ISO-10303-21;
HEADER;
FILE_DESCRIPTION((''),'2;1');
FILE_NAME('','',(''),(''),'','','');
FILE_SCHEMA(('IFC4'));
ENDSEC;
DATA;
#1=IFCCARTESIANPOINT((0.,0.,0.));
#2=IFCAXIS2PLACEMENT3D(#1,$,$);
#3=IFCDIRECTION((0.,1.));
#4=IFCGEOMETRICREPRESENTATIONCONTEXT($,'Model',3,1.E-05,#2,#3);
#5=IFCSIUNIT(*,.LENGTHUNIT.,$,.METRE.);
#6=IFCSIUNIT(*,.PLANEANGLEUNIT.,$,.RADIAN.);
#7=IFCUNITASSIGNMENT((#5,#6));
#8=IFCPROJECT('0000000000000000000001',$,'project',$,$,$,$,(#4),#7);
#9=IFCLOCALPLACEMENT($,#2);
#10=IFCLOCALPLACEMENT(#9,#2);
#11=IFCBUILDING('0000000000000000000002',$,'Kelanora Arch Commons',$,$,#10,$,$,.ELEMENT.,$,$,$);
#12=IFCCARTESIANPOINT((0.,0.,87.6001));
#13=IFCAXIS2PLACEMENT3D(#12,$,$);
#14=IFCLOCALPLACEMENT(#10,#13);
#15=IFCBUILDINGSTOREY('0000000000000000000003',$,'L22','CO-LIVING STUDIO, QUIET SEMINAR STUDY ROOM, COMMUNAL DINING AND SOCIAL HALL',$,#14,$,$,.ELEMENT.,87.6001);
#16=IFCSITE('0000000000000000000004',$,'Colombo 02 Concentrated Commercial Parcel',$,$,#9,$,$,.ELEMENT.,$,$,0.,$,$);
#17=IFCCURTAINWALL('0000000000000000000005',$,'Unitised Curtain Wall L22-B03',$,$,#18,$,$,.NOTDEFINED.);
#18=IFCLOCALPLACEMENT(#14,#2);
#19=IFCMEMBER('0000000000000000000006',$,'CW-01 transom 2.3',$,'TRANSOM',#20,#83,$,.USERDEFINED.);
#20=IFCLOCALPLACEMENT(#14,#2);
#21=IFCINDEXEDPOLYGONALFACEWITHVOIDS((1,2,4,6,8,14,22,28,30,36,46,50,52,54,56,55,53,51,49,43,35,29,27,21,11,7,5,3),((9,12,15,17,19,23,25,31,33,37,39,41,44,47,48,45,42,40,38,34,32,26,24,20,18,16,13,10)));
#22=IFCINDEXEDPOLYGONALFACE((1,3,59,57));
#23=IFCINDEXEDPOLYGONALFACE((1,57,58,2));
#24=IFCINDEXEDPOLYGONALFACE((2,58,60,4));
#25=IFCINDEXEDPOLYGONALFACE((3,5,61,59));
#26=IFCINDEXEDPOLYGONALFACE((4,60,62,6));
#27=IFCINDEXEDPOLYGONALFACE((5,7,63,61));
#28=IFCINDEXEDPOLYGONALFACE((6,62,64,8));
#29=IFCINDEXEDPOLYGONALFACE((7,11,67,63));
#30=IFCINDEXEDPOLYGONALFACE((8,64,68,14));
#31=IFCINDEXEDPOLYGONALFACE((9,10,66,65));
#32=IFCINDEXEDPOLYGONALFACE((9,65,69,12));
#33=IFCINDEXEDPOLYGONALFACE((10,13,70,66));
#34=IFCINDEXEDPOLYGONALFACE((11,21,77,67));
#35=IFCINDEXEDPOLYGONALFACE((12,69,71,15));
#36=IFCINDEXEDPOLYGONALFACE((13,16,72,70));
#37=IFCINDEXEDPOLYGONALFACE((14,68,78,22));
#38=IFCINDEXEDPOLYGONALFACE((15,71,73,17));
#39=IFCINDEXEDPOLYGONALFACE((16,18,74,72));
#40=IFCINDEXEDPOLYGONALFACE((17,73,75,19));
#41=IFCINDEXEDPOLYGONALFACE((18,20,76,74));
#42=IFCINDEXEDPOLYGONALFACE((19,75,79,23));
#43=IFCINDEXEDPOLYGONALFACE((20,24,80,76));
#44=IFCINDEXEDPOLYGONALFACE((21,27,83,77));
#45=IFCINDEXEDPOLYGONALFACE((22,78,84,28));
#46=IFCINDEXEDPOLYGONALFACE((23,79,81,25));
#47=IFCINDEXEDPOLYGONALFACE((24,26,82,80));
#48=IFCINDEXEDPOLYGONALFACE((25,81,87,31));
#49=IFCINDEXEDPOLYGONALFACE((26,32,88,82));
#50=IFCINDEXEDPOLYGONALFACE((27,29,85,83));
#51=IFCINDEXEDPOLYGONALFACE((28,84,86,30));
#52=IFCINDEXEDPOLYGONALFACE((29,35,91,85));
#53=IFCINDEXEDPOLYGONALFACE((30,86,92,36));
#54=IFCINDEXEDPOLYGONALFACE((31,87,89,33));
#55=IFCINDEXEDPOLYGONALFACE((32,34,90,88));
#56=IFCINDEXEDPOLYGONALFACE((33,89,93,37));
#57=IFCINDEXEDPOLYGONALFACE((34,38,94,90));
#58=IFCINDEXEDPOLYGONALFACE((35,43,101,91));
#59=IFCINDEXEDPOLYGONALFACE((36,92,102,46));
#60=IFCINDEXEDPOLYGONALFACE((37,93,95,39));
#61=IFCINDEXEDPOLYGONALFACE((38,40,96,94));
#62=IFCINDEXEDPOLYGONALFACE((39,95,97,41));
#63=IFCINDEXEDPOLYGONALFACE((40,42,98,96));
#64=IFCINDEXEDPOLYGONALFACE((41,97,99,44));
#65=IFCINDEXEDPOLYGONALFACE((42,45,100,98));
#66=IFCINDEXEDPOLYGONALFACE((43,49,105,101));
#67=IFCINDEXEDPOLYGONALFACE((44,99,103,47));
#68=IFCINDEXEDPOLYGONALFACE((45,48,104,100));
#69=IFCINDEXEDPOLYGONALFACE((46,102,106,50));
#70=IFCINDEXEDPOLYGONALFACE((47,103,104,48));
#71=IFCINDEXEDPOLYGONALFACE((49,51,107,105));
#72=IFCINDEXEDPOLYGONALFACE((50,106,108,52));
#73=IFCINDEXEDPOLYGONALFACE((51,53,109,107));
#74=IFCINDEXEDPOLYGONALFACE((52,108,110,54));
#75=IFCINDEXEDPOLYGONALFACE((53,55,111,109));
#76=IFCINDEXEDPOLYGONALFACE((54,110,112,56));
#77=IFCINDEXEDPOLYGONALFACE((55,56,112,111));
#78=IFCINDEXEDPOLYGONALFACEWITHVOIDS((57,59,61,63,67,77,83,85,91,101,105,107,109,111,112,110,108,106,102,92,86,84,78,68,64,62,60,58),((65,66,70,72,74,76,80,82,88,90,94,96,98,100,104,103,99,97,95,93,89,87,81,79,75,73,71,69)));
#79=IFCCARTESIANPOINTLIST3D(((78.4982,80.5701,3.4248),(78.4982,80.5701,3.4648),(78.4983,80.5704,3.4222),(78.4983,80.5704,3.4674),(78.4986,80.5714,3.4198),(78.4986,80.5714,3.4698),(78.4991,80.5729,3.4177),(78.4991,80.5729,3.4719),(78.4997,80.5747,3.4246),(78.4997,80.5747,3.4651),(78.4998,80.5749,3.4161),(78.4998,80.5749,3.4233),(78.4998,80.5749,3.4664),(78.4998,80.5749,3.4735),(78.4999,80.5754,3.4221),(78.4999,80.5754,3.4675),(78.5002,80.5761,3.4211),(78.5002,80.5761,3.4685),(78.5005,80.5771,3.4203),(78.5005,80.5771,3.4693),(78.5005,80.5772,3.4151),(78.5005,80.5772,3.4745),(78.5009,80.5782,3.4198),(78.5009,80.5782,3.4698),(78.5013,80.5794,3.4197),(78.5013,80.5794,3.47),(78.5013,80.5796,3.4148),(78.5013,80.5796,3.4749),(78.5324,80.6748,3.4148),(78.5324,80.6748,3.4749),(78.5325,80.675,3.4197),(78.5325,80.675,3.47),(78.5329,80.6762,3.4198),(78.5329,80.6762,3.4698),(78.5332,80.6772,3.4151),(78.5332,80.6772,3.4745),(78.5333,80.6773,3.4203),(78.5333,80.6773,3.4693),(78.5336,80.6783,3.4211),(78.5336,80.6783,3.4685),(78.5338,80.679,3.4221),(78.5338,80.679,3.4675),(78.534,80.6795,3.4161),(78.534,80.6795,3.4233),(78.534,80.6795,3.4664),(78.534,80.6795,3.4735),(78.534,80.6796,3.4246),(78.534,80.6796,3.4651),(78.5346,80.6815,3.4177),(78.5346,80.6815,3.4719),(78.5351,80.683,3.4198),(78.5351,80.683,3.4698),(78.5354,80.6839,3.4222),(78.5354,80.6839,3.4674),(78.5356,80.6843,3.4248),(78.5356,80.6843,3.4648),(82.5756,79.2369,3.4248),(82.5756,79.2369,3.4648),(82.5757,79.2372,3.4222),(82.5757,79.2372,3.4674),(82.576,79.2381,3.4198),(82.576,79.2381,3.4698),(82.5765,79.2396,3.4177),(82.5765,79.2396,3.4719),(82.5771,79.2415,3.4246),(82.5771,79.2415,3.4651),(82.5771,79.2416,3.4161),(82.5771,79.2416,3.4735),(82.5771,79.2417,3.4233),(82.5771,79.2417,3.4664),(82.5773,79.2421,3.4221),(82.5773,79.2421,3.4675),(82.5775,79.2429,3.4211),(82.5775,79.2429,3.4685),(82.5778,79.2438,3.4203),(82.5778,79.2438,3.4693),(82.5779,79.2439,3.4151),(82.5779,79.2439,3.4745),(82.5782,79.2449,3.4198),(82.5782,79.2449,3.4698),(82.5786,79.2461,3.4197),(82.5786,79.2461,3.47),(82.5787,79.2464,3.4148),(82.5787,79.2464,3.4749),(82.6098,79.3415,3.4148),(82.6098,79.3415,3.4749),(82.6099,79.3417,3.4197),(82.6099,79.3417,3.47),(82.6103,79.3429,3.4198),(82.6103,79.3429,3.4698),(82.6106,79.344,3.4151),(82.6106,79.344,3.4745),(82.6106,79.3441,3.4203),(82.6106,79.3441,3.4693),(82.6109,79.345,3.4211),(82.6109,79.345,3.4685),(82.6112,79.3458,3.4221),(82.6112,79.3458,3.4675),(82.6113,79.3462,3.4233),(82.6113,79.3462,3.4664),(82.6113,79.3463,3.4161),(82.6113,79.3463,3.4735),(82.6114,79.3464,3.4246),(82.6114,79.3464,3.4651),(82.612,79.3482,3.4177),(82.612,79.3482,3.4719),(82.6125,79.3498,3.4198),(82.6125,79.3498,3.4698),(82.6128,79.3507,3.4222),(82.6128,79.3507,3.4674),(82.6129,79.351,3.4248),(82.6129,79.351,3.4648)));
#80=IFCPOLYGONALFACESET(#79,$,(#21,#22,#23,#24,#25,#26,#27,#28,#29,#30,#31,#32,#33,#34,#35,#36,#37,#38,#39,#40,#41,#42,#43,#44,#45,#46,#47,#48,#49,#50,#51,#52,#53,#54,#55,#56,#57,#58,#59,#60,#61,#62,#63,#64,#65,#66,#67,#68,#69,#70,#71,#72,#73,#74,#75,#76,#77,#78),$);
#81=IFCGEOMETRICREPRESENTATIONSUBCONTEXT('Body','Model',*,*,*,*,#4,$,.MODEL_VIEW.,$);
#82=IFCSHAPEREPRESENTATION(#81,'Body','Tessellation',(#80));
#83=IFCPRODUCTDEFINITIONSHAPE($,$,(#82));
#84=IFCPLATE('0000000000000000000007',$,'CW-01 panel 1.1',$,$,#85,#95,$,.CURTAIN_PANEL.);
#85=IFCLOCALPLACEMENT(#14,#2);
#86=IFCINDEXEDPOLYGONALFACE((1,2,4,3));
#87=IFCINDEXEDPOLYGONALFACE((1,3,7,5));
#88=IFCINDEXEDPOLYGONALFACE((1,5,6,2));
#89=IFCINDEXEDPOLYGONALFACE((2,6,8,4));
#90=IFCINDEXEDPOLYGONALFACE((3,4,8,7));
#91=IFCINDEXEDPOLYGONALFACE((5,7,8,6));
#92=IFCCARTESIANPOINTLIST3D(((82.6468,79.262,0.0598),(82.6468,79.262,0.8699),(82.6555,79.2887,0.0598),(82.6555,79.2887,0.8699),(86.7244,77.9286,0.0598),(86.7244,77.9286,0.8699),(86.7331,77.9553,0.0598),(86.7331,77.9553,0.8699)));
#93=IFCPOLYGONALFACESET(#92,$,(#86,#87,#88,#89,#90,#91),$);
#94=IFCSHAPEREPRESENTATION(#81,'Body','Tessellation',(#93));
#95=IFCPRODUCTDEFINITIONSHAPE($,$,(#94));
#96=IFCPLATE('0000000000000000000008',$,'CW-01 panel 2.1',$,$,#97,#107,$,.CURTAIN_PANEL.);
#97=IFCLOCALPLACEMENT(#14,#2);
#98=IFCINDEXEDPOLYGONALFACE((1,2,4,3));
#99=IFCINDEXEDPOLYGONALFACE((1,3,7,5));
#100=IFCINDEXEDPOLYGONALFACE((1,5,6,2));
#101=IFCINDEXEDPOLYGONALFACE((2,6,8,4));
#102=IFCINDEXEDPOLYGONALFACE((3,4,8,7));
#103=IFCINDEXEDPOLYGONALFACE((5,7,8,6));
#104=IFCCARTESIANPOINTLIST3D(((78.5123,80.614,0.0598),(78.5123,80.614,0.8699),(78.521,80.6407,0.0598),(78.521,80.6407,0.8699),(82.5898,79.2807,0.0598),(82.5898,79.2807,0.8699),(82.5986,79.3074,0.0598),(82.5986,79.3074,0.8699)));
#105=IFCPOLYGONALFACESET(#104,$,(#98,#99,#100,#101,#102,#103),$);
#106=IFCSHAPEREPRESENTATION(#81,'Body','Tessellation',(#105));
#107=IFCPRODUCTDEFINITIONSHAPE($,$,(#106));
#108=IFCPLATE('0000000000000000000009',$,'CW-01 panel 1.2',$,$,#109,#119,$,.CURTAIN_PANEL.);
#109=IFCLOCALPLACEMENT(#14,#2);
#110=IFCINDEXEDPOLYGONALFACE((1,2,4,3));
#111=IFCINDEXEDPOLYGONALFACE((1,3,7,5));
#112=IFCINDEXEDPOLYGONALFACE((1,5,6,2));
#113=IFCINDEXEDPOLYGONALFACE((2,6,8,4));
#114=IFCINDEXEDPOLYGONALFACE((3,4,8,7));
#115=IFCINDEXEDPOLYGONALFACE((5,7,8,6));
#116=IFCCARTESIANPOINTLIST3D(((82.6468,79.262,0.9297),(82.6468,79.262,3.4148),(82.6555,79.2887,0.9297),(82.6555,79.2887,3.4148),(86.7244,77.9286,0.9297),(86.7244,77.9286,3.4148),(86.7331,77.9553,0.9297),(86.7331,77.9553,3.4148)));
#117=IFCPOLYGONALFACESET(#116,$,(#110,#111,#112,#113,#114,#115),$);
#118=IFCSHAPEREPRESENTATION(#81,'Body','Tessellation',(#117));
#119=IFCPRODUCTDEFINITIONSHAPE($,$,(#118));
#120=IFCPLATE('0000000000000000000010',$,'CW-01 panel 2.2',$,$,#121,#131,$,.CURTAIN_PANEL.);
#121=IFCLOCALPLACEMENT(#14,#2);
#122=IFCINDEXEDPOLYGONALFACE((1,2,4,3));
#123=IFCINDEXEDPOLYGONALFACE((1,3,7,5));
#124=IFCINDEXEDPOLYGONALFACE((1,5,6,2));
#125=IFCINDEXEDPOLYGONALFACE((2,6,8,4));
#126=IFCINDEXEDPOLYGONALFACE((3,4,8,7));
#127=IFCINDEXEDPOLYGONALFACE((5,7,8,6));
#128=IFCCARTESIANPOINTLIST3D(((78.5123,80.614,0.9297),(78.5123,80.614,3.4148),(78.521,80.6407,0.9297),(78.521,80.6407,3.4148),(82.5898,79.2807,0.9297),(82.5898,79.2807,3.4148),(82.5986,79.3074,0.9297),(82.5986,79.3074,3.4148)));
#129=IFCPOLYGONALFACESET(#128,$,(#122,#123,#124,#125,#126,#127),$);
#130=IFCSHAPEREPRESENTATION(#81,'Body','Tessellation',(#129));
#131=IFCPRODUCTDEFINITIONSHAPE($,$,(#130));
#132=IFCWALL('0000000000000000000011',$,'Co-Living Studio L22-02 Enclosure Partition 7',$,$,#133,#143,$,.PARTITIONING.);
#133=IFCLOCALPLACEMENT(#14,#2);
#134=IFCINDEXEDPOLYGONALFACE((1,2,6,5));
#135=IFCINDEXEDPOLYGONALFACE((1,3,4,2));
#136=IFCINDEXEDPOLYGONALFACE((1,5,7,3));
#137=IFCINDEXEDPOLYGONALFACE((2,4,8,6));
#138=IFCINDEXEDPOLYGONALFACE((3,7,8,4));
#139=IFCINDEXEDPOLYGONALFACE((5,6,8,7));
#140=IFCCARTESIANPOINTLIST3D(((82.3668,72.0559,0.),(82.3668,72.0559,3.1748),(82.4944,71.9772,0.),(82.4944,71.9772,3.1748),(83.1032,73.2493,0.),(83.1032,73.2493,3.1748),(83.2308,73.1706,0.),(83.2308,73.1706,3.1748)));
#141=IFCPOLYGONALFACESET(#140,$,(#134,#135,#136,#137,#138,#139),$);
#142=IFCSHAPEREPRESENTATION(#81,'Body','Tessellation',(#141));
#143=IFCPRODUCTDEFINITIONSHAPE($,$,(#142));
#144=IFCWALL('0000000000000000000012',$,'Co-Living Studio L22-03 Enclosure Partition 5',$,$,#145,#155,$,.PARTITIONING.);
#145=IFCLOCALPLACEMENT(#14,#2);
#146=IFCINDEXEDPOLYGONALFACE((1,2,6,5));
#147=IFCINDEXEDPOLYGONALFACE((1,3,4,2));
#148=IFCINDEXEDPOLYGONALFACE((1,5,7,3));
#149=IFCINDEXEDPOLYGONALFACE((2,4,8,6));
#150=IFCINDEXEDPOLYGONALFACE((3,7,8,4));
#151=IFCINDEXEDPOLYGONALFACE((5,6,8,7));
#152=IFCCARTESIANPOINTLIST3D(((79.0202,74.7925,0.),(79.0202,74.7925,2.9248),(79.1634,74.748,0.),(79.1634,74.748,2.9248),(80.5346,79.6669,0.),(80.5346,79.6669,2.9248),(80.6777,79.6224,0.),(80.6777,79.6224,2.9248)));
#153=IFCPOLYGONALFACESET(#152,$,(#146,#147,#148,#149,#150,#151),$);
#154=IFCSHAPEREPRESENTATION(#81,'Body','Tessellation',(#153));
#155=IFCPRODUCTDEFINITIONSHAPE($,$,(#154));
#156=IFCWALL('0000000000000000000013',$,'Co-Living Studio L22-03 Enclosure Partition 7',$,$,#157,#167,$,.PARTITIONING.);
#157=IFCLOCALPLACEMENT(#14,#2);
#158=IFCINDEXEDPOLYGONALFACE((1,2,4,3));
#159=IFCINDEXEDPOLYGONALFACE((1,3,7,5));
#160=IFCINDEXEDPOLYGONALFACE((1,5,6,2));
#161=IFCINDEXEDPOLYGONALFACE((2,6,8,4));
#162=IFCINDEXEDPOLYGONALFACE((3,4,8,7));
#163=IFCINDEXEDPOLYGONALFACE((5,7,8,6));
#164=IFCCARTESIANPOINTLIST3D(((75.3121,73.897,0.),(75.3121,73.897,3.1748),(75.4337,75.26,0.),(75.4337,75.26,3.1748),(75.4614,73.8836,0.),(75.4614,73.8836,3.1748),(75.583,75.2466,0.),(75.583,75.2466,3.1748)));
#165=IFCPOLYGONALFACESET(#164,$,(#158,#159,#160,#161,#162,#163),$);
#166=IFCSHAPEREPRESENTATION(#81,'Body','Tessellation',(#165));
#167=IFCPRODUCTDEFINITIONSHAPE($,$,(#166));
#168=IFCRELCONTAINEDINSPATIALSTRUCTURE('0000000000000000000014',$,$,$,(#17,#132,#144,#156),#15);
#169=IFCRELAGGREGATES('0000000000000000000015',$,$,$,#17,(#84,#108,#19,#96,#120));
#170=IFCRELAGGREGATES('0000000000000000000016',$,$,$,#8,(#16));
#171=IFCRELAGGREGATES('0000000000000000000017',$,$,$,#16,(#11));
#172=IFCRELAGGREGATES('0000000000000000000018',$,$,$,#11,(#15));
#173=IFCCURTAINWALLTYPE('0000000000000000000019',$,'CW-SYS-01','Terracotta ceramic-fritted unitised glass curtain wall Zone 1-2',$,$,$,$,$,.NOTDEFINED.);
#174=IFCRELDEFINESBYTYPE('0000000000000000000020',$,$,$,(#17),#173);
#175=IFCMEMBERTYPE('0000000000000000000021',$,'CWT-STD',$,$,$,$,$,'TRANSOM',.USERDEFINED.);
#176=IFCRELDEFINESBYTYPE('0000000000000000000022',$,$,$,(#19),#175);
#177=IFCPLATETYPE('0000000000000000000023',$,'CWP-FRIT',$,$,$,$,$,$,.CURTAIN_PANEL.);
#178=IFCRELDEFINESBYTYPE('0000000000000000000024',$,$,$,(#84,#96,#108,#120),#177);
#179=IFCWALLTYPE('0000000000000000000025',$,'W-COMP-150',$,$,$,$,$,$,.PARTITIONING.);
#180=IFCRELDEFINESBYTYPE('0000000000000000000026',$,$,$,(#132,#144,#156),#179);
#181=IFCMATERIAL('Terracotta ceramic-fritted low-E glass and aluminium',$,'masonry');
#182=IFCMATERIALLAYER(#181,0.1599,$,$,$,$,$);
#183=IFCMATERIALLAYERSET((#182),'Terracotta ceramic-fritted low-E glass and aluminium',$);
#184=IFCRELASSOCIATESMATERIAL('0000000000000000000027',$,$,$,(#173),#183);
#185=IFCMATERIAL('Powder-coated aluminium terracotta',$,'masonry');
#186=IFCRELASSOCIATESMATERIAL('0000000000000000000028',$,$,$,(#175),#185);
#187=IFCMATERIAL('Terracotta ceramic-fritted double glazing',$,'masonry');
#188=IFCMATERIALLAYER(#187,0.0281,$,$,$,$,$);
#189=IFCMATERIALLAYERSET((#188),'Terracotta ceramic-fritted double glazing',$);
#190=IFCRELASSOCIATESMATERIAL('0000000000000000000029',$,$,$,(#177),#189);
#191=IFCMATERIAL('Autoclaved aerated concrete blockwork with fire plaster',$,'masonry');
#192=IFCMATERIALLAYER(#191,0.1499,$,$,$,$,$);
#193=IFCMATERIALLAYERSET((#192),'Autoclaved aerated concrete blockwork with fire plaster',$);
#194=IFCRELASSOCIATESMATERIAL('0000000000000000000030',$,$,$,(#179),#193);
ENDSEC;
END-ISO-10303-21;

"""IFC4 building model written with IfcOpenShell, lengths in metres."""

from ifc_helpers import new_model, si_unit, direction, frame, frame_2d, origin, origin_2d, place, context, subcontext, project, spatial, rectangle, hollow_rectangle, extrude, source, transform, mapped, material, layer, layer_set, material_profile, profile_set, type_object, element, aggregate, save


model = new_model("IFC4")

# Units and contexts
model_context = context("Model", 3, precision=1e-05, world=origin(), true_north=direction((0.0, 1.0)))
body_context = subcontext(model_context, "Body", "Model", "MODEL_VIEW")
ifc_project = project(units=[si_unit("LENGTHUNIT", "METRE"), si_unit("PLANEANGLEUNIT", "RADIAN")], contexts=[model_context])

# Site, building, storey
site_placement = place(None, origin())
site = spatial("IfcSite", under=ifc_project, at=site_placement, Name="Colombo 02 Concentrated Commercial Parcel", CompositionType="ELEMENT", RefElevation=0.0)
building_placement = place(site_placement, origin())
building = spatial("IfcBuilding", under=site, at=building_placement, Name="Kelanora Arch Commons", CompositionType="ELEMENT")
storey_placement = place(building_placement, frame((0.0, 0.0, 87.6001)))
storey = spatial("IfcBuildingStorey", under=building, at=storey_placement, Name="L22", Description="CO-LIVING STUDIO, QUIET SEMINAR STUDY ROOM, COMMUNAL DINING AND SOCIAL HALL", CompositionType="ELEMENT", Elevation=87.6001)

# Curtain wall, member, plates
ifc_material_1 = material(Name="Terracotta ceramic-fritted low-E glass and aluminium", Category="masonry")
ifc_layer_1 = layer(ifc_material_1, 0.1599)
ifc_layer_set_1 = layer_set([ifc_layer_1], Name="Terracotta ceramic-fritted low-E glass and aluminium")
curtain_wall_type = type_object("IfcCurtainWallType", Name="CW-SYS-01", Description="Terracotta ceramic-fritted unitised glass curtain wall Zone 1-2", PredefinedType="NOTDEFINED", material=ifc_layer_set_1)
curtain_wall_placement = place(storey_placement, origin())
curtain_wall = element("IfcCurtainWall", 1, at=curtain_wall_placement, inside=storey, type_object=curtain_wall_type, Name="Unitised Curtain Wall L22-B03", PredefinedType="NOTDEFINED")
ifc_material_2 = material(Name="Powder-coated aluminium terracotta", Category="masonry")
ifc_material_profile_1 = material_profile(ifc_material_2, hollow_rectangle(XDim=0.1201, YDim=0.0601, WallThickness=0.0049, InnerFilletRadius=0.0049, OuterFilletRadius=0.01, at=origin_2d()), Name="CWT120x60")
ifc_profile_set_1 = profile_set([ifc_material_profile_1], Name="Powder-coated aluminium terracotta")
member_type_1 = type_object("IfcMemberType", Name="CWT-STD", ElementType="TRANSOM", PredefinedType="USERDEFINED", material=ifc_profile_set_1)
member_1_placement = place(storey_placement, frame((82.5942, 79.2939, 3.4448), z_axis=(-0.950478, 0.310793, 0.0), x_axis=(-0.310793, -0.950478, 0.0)))
member_1 = element("IfcMember", 2, at=member_1_placement, type_object=member_type_1, Name="CW-01 transom 2.3", ObjectType="TRANSOM", PredefinedType="USERDEFINED", context=body_context, shape_type="SweptSolid", body=[
    extrude(hollow_rectangle(XDim=0.1201, YDim=0.0601, WallThickness=0.0049, InnerFilletRadius=0.0049, OuterFilletRadius=0.01, at=origin_2d()), origin(), (0.0, 0.0, 1.0), 4.2898),
])
ifc_material_3 = material(Name="Terracotta ceramic-fritted double glazing", Category="masonry")
ifc_layer_2 = layer(ifc_material_3, 0.0281)
ifc_layer_set_2 = layer_set([ifc_layer_2], Name="Terracotta ceramic-fritted double glazing")
plate_type = type_object("IfcPlateType", Name="CWP-FRIT", PredefinedType="CURTAIN_PANEL", material=ifc_layer_set_2)
shared_shape_1 = source(origin(), body_context, "Body", "SweptSolid", [
    extrude(rectangle(XDim=4.29, YDim=0.0281, at=origin_2d()), origin(), (0.0, 0.0, 1.0), 0.8101),
])
plate_1_placement = place(storey_placement, frame((84.6899, 78.6086, 0.0598), z_axis=(0.0, 0.0, 1.0), x_axis=(-0.950474, 0.310805, 0.0)))
plate_1 = element("IfcPlate", 3, at=plate_1_placement, type_object=plate_type, Name="CW-01 panel 1.1", PredefinedType="CURTAIN_PANEL", context=body_context, shape_type="MappedRepresentation", body=[
    mapped(shared_shape_1, transform((0.0, 0.0, 0.0), scale=1.0)),
])
plate_2_placement = place(storey_placement, frame((80.5554, 79.9607, 0.0598), z_axis=(0.0, 0.0, 1.0), x_axis=(-0.950474, 0.310805, 0.0)))
plate_2 = element("IfcPlate", 4, at=plate_2_placement, type_object=plate_type, Name="CW-01 panel 2.1", PredefinedType="CURTAIN_PANEL", context=body_context, shape_type="MappedRepresentation", body=[
    mapped(shared_shape_1, transform((0.0, 0.0, 0.0), scale=1.0)),
])
shared_shape_2 = source(origin(), body_context, "Body", "SweptSolid", [
    extrude(rectangle(XDim=4.29, YDim=0.0281, at=origin_2d()), origin(), (0.0, 0.0, 1.0), 2.4851),
])
plate_3_placement = place(storey_placement, frame((84.6899, 78.6086, 0.9297), z_axis=(0.0, 0.0, 1.0), x_axis=(-0.950474, 0.310805, 0.0)))
plate_3 = element("IfcPlate", 5, at=plate_3_placement, type_object=plate_type, Name="CW-01 panel 1.2", PredefinedType="CURTAIN_PANEL", context=body_context, shape_type="MappedRepresentation", body=[
    mapped(shared_shape_2, transform((0.0, 0.0, 0.0), scale=1.0)),
])
plate_4_placement = place(storey_placement, frame((80.5554, 79.9607, 0.9297), z_axis=(0.0, 0.0, 1.0), x_axis=(-0.950474, 0.310805, 0.0)))
plate_4 = element("IfcPlate", 6, at=plate_4_placement, type_object=plate_type, Name="CW-01 panel 2.2", PredefinedType="CURTAIN_PANEL", context=body_context, shape_type="MappedRepresentation", body=[
    mapped(shared_shape_2, transform((0.0, 0.0, 0.0), scale=1.0)),
])
aggregate(curtain_wall, [plate_1, plate_3, member_1, plate_2, plate_4])

# Walls
ifc_material_4 = material(Name="Autoclaved aerated concrete blockwork with fire plaster", Category="masonry")
ifc_layer_3 = layer(ifc_material_4, 0.1499)
ifc_layer_set_3 = layer_set([ifc_layer_3], Name="Autoclaved aerated concrete blockwork with fire plaster")
wall_type_1 = type_object("IfcWallType", Name="W-COMP-150", PredefinedType="PARTITIONING", material=ifc_layer_set_3)
wall_1_placement = place(storey_placement, frame((83.167, 73.21, 0.0), z_axis=(0.0, 0.0, 1.0), x_axis=(-0.525107, -0.851036, 0.0)))
element("IfcWall", 7, at=wall_1_placement, inside=storey, type_object=wall_type_1, Name="Co-Living Studio L22-02 Enclosure Partition 7", PredefinedType="PARTITIONING", context=body_context, shape_type="SweptSolid", body=[
    extrude(rectangle(XDim=1.4023, YDim=0.1499, at=frame_2d((0.7012, 0.0))), origin(), (0.0, 0.0, 1.0), 3.1748),
])
wall_2_placement = place(storey_placement, frame((80.6062, 79.6448, 0.0), z_axis=(0.0, 0.0, 1.0), x_axis=(-0.29669, -0.954974, 0.0)))
element("IfcWall", 8, at=wall_2_placement, inside=storey, type_object=wall_type_1, Name="Co-Living Studio L22-03 Enclosure Partition 5", PredefinedType="PARTITIONING", context=body_context, shape_type="SweptSolid", body=[
    extrude(rectangle(XDim=5.1042, YDim=0.1499, at=frame_2d((2.5522, 0.0))), origin(), (0.0, 0.0, 1.0), 2.9248),
])
wall_3_placement = place(storey_placement, frame((75.5083, 75.2532, 0.0), z_axis=(0.0, 0.0, 1.0), x_axis=(-0.088847, -0.996045, 0.0)))
element("IfcWall", 9, at=wall_3_placement, inside=storey, type_object=wall_type_1, Name="Co-Living Studio L22-03 Enclosure Partition 7", PredefinedType="PARTITIONING", context=body_context, shape_type="SweptSolid", body=[
    extrude(rectangle(XDim=1.3684, YDim=0.1499, at=frame_2d((0.6841, 0.0))), origin(), (0.0, 0.0, 1.0), 3.1748),
])

save(model, "model.ifc")
